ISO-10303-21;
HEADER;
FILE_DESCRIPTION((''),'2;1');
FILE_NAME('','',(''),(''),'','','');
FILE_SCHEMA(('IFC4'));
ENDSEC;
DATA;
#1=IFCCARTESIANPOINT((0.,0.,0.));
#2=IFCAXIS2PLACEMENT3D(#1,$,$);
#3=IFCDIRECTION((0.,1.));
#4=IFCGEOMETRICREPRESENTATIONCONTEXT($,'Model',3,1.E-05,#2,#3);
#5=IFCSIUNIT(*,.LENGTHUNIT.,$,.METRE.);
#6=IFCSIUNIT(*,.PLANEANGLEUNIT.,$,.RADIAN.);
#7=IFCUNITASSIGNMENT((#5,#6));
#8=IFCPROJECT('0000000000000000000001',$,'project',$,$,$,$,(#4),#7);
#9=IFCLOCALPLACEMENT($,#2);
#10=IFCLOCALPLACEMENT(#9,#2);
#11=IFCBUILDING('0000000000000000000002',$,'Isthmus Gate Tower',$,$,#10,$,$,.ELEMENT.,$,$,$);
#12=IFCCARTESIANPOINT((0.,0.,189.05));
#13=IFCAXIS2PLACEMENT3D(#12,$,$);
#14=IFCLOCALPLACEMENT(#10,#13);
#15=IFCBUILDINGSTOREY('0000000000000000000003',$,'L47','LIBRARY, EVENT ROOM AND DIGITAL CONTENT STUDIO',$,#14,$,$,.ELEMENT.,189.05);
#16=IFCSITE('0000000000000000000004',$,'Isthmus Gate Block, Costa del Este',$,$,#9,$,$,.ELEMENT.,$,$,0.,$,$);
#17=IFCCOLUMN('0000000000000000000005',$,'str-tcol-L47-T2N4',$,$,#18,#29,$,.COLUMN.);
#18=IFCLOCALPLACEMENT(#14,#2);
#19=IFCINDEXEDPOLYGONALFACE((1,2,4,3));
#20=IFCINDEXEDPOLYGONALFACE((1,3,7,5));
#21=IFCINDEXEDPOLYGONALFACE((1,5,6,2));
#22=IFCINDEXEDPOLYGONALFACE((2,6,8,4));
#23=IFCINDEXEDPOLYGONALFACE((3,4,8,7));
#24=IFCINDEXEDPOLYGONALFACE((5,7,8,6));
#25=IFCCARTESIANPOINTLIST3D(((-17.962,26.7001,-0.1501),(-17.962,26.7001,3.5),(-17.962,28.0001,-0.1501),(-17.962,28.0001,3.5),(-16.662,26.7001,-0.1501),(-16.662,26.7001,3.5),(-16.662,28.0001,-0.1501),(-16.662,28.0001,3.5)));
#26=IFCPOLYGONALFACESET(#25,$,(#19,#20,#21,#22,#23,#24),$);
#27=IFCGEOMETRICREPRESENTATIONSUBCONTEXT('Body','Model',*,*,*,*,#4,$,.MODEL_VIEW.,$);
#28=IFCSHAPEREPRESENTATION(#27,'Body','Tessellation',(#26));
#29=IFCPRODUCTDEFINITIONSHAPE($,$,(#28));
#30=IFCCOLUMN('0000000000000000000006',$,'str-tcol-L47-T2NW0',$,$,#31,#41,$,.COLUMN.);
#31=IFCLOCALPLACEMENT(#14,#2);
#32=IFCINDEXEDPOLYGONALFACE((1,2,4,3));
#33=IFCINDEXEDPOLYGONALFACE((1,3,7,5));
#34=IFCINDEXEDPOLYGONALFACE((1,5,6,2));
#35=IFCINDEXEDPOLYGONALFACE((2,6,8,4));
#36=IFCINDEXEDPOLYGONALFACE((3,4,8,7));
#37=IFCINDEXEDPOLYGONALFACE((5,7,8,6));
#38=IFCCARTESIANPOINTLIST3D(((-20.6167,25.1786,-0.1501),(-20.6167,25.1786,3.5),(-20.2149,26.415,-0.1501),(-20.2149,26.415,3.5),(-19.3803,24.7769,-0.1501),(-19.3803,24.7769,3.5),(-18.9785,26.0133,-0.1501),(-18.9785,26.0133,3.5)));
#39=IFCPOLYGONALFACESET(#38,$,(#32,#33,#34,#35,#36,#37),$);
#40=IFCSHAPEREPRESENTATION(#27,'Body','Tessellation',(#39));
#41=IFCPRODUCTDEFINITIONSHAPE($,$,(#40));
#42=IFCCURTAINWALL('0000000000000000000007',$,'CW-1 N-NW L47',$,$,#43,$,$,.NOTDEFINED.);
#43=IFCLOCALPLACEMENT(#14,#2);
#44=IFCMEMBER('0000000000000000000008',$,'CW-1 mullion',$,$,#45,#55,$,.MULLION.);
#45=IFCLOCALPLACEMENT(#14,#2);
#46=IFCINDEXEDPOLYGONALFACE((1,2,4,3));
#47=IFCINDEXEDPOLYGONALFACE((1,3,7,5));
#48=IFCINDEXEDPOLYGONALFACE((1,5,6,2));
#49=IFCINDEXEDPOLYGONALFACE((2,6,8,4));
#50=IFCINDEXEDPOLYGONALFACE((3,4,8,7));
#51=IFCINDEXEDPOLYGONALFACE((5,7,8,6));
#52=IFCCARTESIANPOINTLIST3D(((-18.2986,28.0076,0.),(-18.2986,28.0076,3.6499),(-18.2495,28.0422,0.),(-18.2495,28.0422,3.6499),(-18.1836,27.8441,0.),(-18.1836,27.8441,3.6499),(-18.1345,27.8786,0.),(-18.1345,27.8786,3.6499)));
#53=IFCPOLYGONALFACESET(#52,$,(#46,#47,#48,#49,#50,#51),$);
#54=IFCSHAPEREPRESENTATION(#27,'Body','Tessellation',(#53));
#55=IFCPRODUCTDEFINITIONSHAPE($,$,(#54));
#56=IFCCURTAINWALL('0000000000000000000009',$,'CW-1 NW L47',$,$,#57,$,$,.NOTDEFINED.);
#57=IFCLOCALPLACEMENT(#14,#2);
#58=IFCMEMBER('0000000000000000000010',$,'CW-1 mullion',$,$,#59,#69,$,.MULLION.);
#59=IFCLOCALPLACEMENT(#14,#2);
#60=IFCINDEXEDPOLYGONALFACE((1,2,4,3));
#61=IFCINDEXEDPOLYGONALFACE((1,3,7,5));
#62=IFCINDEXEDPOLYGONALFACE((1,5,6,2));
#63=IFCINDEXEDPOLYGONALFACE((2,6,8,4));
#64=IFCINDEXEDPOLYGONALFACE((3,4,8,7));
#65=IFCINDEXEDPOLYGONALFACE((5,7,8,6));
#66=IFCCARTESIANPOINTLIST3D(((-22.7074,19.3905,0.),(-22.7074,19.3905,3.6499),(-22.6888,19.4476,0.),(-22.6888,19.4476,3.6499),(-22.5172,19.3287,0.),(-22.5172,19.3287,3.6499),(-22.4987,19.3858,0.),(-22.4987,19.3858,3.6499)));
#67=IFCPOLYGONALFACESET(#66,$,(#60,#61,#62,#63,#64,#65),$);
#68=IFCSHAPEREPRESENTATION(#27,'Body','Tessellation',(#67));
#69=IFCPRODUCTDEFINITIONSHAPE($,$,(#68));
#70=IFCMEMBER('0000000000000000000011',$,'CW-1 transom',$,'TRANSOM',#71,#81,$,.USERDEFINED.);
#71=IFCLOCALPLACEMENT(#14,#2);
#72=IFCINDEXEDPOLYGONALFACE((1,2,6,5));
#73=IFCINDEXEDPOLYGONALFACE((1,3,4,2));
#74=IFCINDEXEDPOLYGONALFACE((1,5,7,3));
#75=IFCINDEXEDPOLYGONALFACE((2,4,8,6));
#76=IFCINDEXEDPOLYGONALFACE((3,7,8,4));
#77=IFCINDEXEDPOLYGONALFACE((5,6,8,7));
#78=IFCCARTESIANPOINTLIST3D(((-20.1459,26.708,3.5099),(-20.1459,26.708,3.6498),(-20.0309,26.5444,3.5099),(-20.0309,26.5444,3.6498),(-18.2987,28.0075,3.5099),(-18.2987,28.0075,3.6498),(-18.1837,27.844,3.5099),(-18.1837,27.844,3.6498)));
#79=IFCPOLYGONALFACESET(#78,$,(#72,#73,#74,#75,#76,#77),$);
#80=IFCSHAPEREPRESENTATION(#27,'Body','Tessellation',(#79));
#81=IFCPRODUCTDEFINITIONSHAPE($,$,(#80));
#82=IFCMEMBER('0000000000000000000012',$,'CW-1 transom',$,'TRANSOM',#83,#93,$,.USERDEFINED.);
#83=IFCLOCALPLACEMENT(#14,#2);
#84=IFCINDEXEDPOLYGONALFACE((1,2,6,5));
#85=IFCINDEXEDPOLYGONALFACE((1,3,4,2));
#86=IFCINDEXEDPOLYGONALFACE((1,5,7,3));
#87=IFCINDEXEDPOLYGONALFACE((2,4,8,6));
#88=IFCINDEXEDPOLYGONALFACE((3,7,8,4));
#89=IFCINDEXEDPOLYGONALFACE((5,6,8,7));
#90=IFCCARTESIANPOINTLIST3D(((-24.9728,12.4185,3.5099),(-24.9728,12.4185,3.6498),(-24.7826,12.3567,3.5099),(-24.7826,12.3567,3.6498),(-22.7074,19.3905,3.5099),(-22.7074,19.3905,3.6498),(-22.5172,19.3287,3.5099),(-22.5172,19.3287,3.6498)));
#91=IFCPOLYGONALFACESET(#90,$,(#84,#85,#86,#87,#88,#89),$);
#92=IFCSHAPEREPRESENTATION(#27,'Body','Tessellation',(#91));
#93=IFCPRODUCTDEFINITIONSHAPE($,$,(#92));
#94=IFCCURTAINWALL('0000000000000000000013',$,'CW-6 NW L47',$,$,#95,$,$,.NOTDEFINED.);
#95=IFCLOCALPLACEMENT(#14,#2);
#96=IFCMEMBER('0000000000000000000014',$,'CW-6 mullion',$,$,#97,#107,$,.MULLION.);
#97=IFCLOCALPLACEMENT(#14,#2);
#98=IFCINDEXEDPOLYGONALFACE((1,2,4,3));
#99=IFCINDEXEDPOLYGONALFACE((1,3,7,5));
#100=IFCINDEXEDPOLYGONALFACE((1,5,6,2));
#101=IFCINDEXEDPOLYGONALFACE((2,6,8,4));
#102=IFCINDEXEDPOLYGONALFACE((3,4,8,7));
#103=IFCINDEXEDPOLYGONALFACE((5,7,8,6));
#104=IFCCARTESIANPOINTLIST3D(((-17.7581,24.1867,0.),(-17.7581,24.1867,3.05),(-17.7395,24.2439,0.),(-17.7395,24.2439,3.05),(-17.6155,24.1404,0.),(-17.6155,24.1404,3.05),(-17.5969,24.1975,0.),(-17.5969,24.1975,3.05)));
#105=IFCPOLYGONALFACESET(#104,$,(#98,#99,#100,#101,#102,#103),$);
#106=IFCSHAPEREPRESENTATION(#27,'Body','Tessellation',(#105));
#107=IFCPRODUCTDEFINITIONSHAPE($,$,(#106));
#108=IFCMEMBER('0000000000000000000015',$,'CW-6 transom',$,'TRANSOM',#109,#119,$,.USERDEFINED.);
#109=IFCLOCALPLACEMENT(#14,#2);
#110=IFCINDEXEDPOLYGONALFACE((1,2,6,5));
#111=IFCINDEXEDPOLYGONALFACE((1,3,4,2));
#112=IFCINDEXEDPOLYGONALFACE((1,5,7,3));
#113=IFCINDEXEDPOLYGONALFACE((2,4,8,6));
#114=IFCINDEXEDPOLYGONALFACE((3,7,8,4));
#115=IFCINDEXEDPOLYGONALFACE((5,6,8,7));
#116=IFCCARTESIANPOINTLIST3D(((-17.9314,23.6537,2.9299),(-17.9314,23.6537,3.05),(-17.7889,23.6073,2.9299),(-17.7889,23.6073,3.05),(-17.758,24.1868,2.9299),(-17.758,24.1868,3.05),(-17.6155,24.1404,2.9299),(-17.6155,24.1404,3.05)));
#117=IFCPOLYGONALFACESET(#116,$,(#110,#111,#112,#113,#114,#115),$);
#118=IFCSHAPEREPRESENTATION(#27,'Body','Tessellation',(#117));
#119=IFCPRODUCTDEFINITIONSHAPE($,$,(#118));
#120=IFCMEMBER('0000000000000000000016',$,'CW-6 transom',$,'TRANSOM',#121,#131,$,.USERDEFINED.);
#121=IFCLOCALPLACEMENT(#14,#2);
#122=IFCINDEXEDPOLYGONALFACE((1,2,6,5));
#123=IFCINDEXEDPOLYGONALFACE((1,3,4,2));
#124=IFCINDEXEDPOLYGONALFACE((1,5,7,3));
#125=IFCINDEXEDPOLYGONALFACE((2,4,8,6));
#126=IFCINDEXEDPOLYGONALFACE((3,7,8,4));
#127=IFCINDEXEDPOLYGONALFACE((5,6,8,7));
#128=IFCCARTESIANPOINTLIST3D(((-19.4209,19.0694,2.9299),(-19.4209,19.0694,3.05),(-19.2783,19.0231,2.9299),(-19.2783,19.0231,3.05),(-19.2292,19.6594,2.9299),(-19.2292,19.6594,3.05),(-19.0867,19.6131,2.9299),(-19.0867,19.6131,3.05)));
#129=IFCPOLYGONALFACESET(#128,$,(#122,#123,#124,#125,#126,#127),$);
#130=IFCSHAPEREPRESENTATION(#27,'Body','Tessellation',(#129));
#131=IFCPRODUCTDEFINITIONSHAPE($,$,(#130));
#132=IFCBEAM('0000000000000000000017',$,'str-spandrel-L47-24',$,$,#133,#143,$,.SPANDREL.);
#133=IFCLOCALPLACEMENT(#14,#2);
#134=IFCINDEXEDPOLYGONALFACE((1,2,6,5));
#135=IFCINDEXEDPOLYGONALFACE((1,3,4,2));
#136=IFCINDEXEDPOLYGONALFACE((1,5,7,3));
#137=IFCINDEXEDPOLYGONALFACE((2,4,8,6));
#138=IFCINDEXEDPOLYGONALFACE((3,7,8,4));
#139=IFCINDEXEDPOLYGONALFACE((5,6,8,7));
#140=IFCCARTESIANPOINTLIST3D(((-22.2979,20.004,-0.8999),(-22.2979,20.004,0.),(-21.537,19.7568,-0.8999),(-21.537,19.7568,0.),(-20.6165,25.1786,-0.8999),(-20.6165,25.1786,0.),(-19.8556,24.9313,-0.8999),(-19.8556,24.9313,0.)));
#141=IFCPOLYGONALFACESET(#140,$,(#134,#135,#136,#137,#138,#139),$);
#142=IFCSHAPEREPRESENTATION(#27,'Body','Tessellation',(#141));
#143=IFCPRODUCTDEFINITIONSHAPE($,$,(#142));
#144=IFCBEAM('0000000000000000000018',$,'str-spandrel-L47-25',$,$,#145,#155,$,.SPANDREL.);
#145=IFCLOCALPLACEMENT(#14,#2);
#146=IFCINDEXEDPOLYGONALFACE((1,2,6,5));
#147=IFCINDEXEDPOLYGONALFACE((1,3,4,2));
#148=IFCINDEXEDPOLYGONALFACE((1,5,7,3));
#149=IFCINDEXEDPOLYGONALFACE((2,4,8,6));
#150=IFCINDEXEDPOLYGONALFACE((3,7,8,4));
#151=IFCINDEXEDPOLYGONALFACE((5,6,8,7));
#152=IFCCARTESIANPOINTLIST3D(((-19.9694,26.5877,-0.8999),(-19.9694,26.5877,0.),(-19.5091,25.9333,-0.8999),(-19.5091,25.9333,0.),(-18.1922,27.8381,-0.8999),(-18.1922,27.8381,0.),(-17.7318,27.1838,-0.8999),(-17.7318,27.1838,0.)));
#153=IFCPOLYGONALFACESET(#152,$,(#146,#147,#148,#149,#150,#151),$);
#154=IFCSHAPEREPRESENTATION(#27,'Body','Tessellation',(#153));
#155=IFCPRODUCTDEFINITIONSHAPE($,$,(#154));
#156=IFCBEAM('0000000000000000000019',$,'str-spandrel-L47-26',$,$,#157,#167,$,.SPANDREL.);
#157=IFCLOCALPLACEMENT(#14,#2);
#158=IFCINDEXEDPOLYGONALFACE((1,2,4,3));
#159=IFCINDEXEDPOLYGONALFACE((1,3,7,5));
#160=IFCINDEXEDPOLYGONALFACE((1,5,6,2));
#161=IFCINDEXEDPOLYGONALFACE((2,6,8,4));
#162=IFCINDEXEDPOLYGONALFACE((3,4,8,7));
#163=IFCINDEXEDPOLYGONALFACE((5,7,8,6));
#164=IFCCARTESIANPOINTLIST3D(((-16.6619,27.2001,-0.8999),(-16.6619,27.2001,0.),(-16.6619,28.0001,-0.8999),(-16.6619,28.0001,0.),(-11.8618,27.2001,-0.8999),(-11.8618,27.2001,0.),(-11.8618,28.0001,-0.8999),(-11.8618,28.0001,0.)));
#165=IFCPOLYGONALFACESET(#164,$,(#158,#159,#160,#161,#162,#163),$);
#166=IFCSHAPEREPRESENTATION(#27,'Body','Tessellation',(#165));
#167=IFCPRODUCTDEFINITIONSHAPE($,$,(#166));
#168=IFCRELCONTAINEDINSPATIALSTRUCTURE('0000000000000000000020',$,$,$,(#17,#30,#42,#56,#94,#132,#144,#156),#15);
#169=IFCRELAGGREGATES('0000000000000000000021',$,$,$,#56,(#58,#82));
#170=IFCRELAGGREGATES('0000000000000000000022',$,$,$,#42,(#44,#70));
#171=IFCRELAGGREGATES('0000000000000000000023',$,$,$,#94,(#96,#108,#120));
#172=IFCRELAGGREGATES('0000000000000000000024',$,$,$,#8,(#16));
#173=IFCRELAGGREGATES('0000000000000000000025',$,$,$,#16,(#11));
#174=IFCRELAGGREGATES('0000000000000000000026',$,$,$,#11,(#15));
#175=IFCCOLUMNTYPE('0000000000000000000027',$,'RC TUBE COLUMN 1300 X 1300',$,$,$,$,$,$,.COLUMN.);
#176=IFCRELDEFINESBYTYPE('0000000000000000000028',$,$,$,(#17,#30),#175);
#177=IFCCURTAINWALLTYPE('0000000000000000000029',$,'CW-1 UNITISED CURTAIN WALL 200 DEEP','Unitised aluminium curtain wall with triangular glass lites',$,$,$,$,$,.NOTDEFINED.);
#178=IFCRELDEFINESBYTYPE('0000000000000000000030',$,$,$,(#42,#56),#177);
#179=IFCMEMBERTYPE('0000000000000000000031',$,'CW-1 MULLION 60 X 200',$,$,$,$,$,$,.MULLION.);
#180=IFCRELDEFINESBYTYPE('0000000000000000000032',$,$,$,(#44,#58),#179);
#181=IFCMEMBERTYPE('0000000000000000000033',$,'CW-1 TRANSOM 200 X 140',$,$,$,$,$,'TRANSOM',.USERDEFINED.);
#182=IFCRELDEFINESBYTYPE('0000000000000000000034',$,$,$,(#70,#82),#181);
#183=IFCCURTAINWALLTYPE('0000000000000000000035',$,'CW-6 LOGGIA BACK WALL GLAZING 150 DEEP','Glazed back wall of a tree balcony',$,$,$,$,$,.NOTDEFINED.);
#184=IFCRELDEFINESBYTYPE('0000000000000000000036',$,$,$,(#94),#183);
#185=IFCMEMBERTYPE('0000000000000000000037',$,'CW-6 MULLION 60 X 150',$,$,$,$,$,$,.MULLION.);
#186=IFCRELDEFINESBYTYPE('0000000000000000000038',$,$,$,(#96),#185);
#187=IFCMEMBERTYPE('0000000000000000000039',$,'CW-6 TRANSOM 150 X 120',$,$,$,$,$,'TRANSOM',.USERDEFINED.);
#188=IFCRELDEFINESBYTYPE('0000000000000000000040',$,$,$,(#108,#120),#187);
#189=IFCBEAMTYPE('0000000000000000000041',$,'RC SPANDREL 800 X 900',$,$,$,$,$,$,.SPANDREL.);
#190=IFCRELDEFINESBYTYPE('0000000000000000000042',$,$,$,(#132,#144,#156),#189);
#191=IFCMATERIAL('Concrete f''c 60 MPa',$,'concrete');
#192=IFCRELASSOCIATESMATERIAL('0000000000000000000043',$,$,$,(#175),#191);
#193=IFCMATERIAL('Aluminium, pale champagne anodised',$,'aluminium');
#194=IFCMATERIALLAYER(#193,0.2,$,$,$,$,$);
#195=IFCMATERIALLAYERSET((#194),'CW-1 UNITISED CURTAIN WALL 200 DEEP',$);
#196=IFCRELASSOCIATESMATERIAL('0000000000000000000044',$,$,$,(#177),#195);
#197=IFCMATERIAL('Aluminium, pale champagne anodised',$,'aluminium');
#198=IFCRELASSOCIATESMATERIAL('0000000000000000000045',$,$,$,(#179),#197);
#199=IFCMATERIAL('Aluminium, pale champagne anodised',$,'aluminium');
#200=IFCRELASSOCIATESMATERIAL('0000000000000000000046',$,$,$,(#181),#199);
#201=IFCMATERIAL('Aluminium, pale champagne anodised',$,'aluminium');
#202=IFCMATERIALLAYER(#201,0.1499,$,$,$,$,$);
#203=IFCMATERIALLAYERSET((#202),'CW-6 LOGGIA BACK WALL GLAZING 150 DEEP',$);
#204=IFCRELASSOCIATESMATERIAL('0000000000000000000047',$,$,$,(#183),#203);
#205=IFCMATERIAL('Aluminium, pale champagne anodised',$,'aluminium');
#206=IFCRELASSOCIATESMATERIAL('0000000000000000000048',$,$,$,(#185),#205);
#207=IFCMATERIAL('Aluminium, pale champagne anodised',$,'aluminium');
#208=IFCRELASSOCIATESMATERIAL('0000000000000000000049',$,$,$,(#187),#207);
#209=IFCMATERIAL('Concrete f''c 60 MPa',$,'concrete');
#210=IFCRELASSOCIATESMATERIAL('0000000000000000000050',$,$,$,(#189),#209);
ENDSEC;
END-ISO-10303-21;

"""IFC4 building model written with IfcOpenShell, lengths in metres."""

from ifc_helpers import new_model, si_unit, direction, frame, origin, origin_2d, place, context, subcontext, project, spatial, rectangle, extrude, material, layer, layer_set, material_profile, profile_set, type_object, element, aggregate, save


model = new_model("IFC4")

# Units and contexts
model_context = context("Model", 3, precision=1e-05, world=origin(), true_north=direction((0.0, 1.0)))
body_context = subcontext(model_context, "Body", "Model", "MODEL_VIEW")
ifc_project = project(units=[si_unit("LENGTHUNIT", "METRE"), si_unit("PLANEANGLEUNIT", "RADIAN")], contexts=[model_context])

# Site, building, storey
site_placement = place(None, origin())
site = spatial("IfcSite", under=ifc_project, at=site_placement, Name="Isthmus Gate Block, Costa del Este", CompositionType="ELEMENT", RefElevation=0.0)
building_placement = place(site_placement, origin())
building = spatial("IfcBuilding", under=site, at=building_placement, Name="Isthmus Gate Tower", CompositionType="ELEMENT")
storey_placement = place(building_placement, frame((0.0, 0.0, 189.05)))
storey = spatial("IfcBuildingStorey", under=building, at=storey_placement, Name="L47", Description="LIBRARY, EVENT ROOM AND DIGITAL CONTENT STUDIO", CompositionType="ELEMENT", Elevation=189.05)

# Columns
ifc_material_1 = material(Name="Concrete f'c 60 MPa", Category="concrete")
ifc_material_profile_1 = material_profile(ifc_material_1, rectangle(XDim=1.3, YDim=1.3, at=origin_2d()), Name="RC 1300X1300")
ifc_profile_set_1 = profile_set([ifc_material_profile_1], Name="Concrete f'c 60 MPa")
column_type = type_object("IfcColumnType", Name="RC TUBE COLUMN 1300 X 1300", PredefinedType="COLUMN", material=ifc_profile_set_1)
for number, where, z_axis, x_axis, name in (
    (1, (-17.312, 27.3501, -0.1501), (0.0, 0.0, 1.0), (-1.0, 0.0, 0.0), "str-tcol-L47-T2N4"),
    (2, (-19.7976, 25.5959, -0.1501), (0.0, 0.0, 1.0), (-0.309017, -0.951057, 0.0), "str-tcol-L47-T2NW0"),
):
    element("IfcColumn", number, at=place(storey_placement, frame(where, z_axis=z_axis, x_axis=x_axis)), inside=storey, type_object=column_type, Name=name, PredefinedType="COLUMN", context=body_context, shape_type="SweptSolid", body=[
        extrude(rectangle(XDim=1.3, YDim=1.3, at=origin_2d()), origin(), (0.0, 0.0, 1.0), 3.6501),
    ])

# Curtain walls, members
ifc_material_2 = material(Name="Aluminium, pale champagne anodised", Category="aluminium")
ifc_layer_1 = layer(ifc_material_2, 0.2)
ifc_layer_set_1 = layer_set([ifc_layer_1], Name="CW-1 UNITISED CURTAIN WALL 200 DEEP")
curtain_wall_type_1 = type_object("IfcCurtainWallType", Name="CW-1 UNITISED CURTAIN WALL 200 DEEP", Description="Unitised aluminium curtain wall with triangular glass lites", PredefinedType="NOTDEFINED", material=ifc_layer_set_1)
curtain_wall_1_placement = place(storey_placement, origin())
curtain_wall_1 = element("IfcCurtainWall", 3, at=curtain_wall_1_placement, inside=storey, type_object=curtain_wall_type_1, Name="CW-1 N-NW L47", PredefinedType="NOTDEFINED")
ifc_material_3 = material(Name="Aluminium, pale champagne anodised", Category="aluminium")
ifc_material_profile_2 = material_profile(ifc_material_3, rectangle(XDim=0.0601, YDim=0.2, at=origin_2d()), Name="60x200")
ifc_profile_set_2 = profile_set([ifc_material_profile_2], Name="Aluminium, pale champagne anodised")
member_type_1 = type_object("IfcMemberType", Name="CW-1 MULLION 60 X 200", PredefinedType="MULLION", material=ifc_profile_set_2)
member_1_placement = place(storey_placement, frame((-18.2166, 27.9431, 0.0), z_axis=(0.0, 0.0, 1.0), x_axis=(-0.81786, -0.575418, 0.0)))
member_1 = element("IfcMember", 4, at=member_1_placement, type_object=member_type_1, Name="CW-1 mullion", PredefinedType="MULLION", context=body_context, shape_type="SweptSolid", body=[
    extrude(rectangle(XDim=0.0601, YDim=0.2, at=origin_2d()), origin(), (0.0, 0.0, 1.0), 3.6499),
])
curtain_wall_2_placement = place(storey_placement, origin())
curtain_wall_2 = element("IfcCurtainWall", 5, at=curtain_wall_2_placement, inside=storey, type_object=curtain_wall_type_1, Name="CW-1 NW L47", PredefinedType="NOTDEFINED")
member_2_placement = place(storey_placement, frame((-22.603, 19.3882, 0.0), z_axis=(0.0, 0.0, 1.0), x_axis=(-0.309017, -0.951057, 0.0)))
member_2 = element("IfcMember", 6, at=member_2_placement, type_object=member_type_1, Name="CW-1 mullion", PredefinedType="MULLION", context=body_context, shape_type="SweptSolid", body=[
    extrude(rectangle(XDim=0.0601, YDim=0.2, at=origin_2d()), origin(), (0.0, 0.0, 1.0), 3.6499),
])

# Members
ifc_material_4 = material(Name="Aluminium, pale champagne anodised", Category="aluminium")
ifc_material_profile_3 = material_profile(ifc_material_4, rectangle(XDim=0.2, YDim=0.1399, at=origin_2d()), Name="200x140")
ifc_profile_set_3 = profile_set([ifc_material_profile_3], Name="Aluminium, pale champagne anodised")
member_type_2 = type_object("IfcMemberType", Name="CW-1 TRANSOM 200 X 140", ElementType="TRANSOM", PredefinedType="USERDEFINED", material=ifc_profile_set_3)
member_3_placement = place(storey_placement, frame((-18.2412, 27.9258, 3.5798), z_axis=(-0.817869, -0.575405, 0.0), x_axis=(0.575405, -0.817869, 0.0)))
member_3 = element("IfcMember", 7, at=member_3_placement, type_object=member_type_2, Name="CW-1 transom", ObjectType="TRANSOM", PredefinedType="USERDEFINED", context=body_context, shape_type="SweptSolid", body=[
    extrude(rectangle(XDim=0.2, YDim=0.1399, at=origin_2d()), origin(), (0.0, 0.0, 1.0), 2.2585),
])
member_4_placement = place(storey_placement, frame((-22.6123, 19.3596, 3.5798), z_axis=(-0.309025, -0.951054, 0.0), x_axis=(0.951054, -0.309025, 0.0)))
member_4 = element("IfcMember", 8, at=member_4_placement, type_object=member_type_2, Name="CW-1 transom", ObjectType="TRANSOM", PredefinedType="USERDEFINED", context=body_context, shape_type="SweptSolid", body=[
    extrude(rectangle(XDim=0.2, YDim=0.1399, at=origin_2d()), origin(), (0.0, 0.0, 1.0), 7.3308),
])
aggregate(curtain_wall_2, [member_2, member_4])

# Curtain wall, members
ifc_material_5 = material(Name="Aluminium, pale champagne anodised", Category="aluminium")
ifc_layer_2 = layer(ifc_material_5, 0.1499)
ifc_layer_set_2 = layer_set([ifc_layer_2], Name="CW-6 LOGGIA BACK WALL GLAZING 150 DEEP")
curtain_wall_type_2 = type_object("IfcCurtainWallType", Name="CW-6 LOGGIA BACK WALL GLAZING 150 DEEP", Description="Glazed back wall of a tree balcony", PredefinedType="NOTDEFINED", material=ifc_layer_set_2)
curtain_wall_3_placement = place(storey_placement, origin())
curtain_wall_3 = element("IfcCurtainWall", 9, at=curtain_wall_3_placement, inside=storey, type_object=curtain_wall_type_2, Name="CW-6 NW L47", PredefinedType="NOTDEFINED")
ifc_material_6 = material(Name="Aluminium, pale champagne anodised", Category="aluminium")
ifc_material_profile_4 = material_profile(ifc_material_6, rectangle(XDim=0.0601, YDim=0.1499, at=origin_2d()), Name="60x150")
ifc_profile_set_4 = profile_set([ifc_material_profile_4], Name="Aluminium, pale champagne anodised")
member_type_3 = type_object("IfcMemberType", Name="CW-6 MULLION 60 X 150", PredefinedType="MULLION", material=ifc_profile_set_4)
member_5_placement = place(storey_placement, frame((-17.6775, 24.1921, 0.0), z_axis=(0.0, 0.0, 1.0), x_axis=(-0.309017, -0.951057, 0.0)))
member_5 = element("IfcMember", 10, at=member_5_placement, type_object=member_type_3, Name="CW-6 mullion", PredefinedType="MULLION", context=body_context, shape_type="SweptSolid", body=[
    extrude(rectangle(XDim=0.0601, YDim=0.1499, at=origin_2d()), origin(), (0.0, 0.0, 1.0), 3.05),
])
ifc_material_7 = material(Name="Aluminium, pale champagne anodised", Category="aluminium")
ifc_material_profile_5 = material_profile(ifc_material_7, rectangle(XDim=0.1499, YDim=0.1201, at=origin_2d()), Name="150x120")
ifc_profile_set_5 = profile_set([ifc_material_profile_5], Name="Aluminium, pale champagne anodised")
member_type_4 = type_object("IfcMemberType", Name="CW-6 TRANSOM 150 X 120", ElementType="TRANSOM", PredefinedType="USERDEFINED", material=ifc_profile_set_5)
member_6_placement = place(storey_placement, frame((-17.6868, 24.1636, 2.99), z_axis=(-0.309293, -0.950967, 0.0), x_axis=(0.950967, -0.309293, 0.0)))
member_6 = element("IfcMember", 11, at=member_6_placement, type_object=member_type_4, Name="CW-6 transom", ObjectType="TRANSOM", PredefinedType="USERDEFINED", context=body_context, shape_type="SweptSolid", body=[
    extrude(rectangle(XDim=0.1499, YDim=0.1201, at=origin_2d()), origin(), (0.0, 0.0, 1.0), 0.5605),
])
member_7_placement = place(storey_placement, frame((-19.158, 19.6362, 2.99), z_axis=(-0.308899, -0.951095, 0.0), x_axis=(0.951095, -0.308899, 0.0)))
member_7 = element("IfcMember", 12, at=member_7_placement, type_object=member_type_4, Name="CW-6 transom", ObjectType="TRANSOM", PredefinedType="USERDEFINED", context=body_context, shape_type="SweptSolid", body=[
    extrude(rectangle(XDim=0.1499, YDim=0.1201, at=origin_2d()), origin(), (0.0, 0.0, 1.0), 0.6204),
])

# Beams
ifc_material_8 = material(Name="Concrete f'c 60 MPa", Category="concrete")
ifc_material_profile_6 = material_profile(ifc_material_8, rectangle(XDim=0.8, YDim=0.8999, at=origin_2d()), Name="RC 800X900")
ifc_profile_set_6 = profile_set([ifc_material_profile_6], Name="Concrete f'c 60 MPa")
beam_type_1 = type_object("IfcBeamType", Name="RC SPANDREL 800 X 900", PredefinedType="SPANDREL", material=ifc_profile_set_6)
beam_1_placement = place(storey_placement, frame((-21.9175, 19.8804, -0.45), z_axis=(0.30903, 0.951052, 0.0), x_axis=(-0.951052, 0.30903, 0.0)))
element("IfcBeam", 13, at=beam_1_placement, inside=storey, type_object=beam_type_1, Name="str-spandrel-L47-24", PredefinedType="SPANDREL", context=body_context, shape_type="SweptSolid", body=[
    extrude(rectangle(XDim=0.8, YDim=0.8999, at=origin_2d()), origin(), (0.0, 0.0, 1.0), 5.4409),
])
beam_2_placement = place(storey_placement, frame((-19.7393, 26.2605, -0.45), z_axis=(0.817857, 0.575421, 0.0), x_axis=(-0.575421, 0.817857, 0.0)))
element("IfcBeam", 14, at=beam_2_placement, inside=storey, type_object=beam_type_1, Name="str-spandrel-L47-25", PredefinedType="SPANDREL", context=body_context, shape_type="SweptSolid", body=[
    extrude(rectangle(XDim=0.8, YDim=0.8999, at=origin_2d()), origin(), (0.0, 0.0, 1.0), 2.1731),
])
beam_3_placement = place(storey_placement, frame((-16.6619, 27.6001, -0.45), z_axis=(1.0, 0.0, 0.0), x_axis=(0.0, 1.0, 0.0)))
element("IfcBeam", 15, at=beam_3_placement, inside=storey, type_object=beam_type_1, Name="str-spandrel-L47-26", PredefinedType="SPANDREL", context=body_context, shape_type="SweptSolid", body=[
    extrude(rectangle(XDim=0.8, YDim=0.8999, at=origin_2d()), origin(), (0.0, 0.0, 1.0), 4.8),
])

aggregate(curtain_wall_1, [member_1, member_3])
aggregate(curtain_wall_3, [member_5, member_6, member_7])

save(model, "model.ifc")
